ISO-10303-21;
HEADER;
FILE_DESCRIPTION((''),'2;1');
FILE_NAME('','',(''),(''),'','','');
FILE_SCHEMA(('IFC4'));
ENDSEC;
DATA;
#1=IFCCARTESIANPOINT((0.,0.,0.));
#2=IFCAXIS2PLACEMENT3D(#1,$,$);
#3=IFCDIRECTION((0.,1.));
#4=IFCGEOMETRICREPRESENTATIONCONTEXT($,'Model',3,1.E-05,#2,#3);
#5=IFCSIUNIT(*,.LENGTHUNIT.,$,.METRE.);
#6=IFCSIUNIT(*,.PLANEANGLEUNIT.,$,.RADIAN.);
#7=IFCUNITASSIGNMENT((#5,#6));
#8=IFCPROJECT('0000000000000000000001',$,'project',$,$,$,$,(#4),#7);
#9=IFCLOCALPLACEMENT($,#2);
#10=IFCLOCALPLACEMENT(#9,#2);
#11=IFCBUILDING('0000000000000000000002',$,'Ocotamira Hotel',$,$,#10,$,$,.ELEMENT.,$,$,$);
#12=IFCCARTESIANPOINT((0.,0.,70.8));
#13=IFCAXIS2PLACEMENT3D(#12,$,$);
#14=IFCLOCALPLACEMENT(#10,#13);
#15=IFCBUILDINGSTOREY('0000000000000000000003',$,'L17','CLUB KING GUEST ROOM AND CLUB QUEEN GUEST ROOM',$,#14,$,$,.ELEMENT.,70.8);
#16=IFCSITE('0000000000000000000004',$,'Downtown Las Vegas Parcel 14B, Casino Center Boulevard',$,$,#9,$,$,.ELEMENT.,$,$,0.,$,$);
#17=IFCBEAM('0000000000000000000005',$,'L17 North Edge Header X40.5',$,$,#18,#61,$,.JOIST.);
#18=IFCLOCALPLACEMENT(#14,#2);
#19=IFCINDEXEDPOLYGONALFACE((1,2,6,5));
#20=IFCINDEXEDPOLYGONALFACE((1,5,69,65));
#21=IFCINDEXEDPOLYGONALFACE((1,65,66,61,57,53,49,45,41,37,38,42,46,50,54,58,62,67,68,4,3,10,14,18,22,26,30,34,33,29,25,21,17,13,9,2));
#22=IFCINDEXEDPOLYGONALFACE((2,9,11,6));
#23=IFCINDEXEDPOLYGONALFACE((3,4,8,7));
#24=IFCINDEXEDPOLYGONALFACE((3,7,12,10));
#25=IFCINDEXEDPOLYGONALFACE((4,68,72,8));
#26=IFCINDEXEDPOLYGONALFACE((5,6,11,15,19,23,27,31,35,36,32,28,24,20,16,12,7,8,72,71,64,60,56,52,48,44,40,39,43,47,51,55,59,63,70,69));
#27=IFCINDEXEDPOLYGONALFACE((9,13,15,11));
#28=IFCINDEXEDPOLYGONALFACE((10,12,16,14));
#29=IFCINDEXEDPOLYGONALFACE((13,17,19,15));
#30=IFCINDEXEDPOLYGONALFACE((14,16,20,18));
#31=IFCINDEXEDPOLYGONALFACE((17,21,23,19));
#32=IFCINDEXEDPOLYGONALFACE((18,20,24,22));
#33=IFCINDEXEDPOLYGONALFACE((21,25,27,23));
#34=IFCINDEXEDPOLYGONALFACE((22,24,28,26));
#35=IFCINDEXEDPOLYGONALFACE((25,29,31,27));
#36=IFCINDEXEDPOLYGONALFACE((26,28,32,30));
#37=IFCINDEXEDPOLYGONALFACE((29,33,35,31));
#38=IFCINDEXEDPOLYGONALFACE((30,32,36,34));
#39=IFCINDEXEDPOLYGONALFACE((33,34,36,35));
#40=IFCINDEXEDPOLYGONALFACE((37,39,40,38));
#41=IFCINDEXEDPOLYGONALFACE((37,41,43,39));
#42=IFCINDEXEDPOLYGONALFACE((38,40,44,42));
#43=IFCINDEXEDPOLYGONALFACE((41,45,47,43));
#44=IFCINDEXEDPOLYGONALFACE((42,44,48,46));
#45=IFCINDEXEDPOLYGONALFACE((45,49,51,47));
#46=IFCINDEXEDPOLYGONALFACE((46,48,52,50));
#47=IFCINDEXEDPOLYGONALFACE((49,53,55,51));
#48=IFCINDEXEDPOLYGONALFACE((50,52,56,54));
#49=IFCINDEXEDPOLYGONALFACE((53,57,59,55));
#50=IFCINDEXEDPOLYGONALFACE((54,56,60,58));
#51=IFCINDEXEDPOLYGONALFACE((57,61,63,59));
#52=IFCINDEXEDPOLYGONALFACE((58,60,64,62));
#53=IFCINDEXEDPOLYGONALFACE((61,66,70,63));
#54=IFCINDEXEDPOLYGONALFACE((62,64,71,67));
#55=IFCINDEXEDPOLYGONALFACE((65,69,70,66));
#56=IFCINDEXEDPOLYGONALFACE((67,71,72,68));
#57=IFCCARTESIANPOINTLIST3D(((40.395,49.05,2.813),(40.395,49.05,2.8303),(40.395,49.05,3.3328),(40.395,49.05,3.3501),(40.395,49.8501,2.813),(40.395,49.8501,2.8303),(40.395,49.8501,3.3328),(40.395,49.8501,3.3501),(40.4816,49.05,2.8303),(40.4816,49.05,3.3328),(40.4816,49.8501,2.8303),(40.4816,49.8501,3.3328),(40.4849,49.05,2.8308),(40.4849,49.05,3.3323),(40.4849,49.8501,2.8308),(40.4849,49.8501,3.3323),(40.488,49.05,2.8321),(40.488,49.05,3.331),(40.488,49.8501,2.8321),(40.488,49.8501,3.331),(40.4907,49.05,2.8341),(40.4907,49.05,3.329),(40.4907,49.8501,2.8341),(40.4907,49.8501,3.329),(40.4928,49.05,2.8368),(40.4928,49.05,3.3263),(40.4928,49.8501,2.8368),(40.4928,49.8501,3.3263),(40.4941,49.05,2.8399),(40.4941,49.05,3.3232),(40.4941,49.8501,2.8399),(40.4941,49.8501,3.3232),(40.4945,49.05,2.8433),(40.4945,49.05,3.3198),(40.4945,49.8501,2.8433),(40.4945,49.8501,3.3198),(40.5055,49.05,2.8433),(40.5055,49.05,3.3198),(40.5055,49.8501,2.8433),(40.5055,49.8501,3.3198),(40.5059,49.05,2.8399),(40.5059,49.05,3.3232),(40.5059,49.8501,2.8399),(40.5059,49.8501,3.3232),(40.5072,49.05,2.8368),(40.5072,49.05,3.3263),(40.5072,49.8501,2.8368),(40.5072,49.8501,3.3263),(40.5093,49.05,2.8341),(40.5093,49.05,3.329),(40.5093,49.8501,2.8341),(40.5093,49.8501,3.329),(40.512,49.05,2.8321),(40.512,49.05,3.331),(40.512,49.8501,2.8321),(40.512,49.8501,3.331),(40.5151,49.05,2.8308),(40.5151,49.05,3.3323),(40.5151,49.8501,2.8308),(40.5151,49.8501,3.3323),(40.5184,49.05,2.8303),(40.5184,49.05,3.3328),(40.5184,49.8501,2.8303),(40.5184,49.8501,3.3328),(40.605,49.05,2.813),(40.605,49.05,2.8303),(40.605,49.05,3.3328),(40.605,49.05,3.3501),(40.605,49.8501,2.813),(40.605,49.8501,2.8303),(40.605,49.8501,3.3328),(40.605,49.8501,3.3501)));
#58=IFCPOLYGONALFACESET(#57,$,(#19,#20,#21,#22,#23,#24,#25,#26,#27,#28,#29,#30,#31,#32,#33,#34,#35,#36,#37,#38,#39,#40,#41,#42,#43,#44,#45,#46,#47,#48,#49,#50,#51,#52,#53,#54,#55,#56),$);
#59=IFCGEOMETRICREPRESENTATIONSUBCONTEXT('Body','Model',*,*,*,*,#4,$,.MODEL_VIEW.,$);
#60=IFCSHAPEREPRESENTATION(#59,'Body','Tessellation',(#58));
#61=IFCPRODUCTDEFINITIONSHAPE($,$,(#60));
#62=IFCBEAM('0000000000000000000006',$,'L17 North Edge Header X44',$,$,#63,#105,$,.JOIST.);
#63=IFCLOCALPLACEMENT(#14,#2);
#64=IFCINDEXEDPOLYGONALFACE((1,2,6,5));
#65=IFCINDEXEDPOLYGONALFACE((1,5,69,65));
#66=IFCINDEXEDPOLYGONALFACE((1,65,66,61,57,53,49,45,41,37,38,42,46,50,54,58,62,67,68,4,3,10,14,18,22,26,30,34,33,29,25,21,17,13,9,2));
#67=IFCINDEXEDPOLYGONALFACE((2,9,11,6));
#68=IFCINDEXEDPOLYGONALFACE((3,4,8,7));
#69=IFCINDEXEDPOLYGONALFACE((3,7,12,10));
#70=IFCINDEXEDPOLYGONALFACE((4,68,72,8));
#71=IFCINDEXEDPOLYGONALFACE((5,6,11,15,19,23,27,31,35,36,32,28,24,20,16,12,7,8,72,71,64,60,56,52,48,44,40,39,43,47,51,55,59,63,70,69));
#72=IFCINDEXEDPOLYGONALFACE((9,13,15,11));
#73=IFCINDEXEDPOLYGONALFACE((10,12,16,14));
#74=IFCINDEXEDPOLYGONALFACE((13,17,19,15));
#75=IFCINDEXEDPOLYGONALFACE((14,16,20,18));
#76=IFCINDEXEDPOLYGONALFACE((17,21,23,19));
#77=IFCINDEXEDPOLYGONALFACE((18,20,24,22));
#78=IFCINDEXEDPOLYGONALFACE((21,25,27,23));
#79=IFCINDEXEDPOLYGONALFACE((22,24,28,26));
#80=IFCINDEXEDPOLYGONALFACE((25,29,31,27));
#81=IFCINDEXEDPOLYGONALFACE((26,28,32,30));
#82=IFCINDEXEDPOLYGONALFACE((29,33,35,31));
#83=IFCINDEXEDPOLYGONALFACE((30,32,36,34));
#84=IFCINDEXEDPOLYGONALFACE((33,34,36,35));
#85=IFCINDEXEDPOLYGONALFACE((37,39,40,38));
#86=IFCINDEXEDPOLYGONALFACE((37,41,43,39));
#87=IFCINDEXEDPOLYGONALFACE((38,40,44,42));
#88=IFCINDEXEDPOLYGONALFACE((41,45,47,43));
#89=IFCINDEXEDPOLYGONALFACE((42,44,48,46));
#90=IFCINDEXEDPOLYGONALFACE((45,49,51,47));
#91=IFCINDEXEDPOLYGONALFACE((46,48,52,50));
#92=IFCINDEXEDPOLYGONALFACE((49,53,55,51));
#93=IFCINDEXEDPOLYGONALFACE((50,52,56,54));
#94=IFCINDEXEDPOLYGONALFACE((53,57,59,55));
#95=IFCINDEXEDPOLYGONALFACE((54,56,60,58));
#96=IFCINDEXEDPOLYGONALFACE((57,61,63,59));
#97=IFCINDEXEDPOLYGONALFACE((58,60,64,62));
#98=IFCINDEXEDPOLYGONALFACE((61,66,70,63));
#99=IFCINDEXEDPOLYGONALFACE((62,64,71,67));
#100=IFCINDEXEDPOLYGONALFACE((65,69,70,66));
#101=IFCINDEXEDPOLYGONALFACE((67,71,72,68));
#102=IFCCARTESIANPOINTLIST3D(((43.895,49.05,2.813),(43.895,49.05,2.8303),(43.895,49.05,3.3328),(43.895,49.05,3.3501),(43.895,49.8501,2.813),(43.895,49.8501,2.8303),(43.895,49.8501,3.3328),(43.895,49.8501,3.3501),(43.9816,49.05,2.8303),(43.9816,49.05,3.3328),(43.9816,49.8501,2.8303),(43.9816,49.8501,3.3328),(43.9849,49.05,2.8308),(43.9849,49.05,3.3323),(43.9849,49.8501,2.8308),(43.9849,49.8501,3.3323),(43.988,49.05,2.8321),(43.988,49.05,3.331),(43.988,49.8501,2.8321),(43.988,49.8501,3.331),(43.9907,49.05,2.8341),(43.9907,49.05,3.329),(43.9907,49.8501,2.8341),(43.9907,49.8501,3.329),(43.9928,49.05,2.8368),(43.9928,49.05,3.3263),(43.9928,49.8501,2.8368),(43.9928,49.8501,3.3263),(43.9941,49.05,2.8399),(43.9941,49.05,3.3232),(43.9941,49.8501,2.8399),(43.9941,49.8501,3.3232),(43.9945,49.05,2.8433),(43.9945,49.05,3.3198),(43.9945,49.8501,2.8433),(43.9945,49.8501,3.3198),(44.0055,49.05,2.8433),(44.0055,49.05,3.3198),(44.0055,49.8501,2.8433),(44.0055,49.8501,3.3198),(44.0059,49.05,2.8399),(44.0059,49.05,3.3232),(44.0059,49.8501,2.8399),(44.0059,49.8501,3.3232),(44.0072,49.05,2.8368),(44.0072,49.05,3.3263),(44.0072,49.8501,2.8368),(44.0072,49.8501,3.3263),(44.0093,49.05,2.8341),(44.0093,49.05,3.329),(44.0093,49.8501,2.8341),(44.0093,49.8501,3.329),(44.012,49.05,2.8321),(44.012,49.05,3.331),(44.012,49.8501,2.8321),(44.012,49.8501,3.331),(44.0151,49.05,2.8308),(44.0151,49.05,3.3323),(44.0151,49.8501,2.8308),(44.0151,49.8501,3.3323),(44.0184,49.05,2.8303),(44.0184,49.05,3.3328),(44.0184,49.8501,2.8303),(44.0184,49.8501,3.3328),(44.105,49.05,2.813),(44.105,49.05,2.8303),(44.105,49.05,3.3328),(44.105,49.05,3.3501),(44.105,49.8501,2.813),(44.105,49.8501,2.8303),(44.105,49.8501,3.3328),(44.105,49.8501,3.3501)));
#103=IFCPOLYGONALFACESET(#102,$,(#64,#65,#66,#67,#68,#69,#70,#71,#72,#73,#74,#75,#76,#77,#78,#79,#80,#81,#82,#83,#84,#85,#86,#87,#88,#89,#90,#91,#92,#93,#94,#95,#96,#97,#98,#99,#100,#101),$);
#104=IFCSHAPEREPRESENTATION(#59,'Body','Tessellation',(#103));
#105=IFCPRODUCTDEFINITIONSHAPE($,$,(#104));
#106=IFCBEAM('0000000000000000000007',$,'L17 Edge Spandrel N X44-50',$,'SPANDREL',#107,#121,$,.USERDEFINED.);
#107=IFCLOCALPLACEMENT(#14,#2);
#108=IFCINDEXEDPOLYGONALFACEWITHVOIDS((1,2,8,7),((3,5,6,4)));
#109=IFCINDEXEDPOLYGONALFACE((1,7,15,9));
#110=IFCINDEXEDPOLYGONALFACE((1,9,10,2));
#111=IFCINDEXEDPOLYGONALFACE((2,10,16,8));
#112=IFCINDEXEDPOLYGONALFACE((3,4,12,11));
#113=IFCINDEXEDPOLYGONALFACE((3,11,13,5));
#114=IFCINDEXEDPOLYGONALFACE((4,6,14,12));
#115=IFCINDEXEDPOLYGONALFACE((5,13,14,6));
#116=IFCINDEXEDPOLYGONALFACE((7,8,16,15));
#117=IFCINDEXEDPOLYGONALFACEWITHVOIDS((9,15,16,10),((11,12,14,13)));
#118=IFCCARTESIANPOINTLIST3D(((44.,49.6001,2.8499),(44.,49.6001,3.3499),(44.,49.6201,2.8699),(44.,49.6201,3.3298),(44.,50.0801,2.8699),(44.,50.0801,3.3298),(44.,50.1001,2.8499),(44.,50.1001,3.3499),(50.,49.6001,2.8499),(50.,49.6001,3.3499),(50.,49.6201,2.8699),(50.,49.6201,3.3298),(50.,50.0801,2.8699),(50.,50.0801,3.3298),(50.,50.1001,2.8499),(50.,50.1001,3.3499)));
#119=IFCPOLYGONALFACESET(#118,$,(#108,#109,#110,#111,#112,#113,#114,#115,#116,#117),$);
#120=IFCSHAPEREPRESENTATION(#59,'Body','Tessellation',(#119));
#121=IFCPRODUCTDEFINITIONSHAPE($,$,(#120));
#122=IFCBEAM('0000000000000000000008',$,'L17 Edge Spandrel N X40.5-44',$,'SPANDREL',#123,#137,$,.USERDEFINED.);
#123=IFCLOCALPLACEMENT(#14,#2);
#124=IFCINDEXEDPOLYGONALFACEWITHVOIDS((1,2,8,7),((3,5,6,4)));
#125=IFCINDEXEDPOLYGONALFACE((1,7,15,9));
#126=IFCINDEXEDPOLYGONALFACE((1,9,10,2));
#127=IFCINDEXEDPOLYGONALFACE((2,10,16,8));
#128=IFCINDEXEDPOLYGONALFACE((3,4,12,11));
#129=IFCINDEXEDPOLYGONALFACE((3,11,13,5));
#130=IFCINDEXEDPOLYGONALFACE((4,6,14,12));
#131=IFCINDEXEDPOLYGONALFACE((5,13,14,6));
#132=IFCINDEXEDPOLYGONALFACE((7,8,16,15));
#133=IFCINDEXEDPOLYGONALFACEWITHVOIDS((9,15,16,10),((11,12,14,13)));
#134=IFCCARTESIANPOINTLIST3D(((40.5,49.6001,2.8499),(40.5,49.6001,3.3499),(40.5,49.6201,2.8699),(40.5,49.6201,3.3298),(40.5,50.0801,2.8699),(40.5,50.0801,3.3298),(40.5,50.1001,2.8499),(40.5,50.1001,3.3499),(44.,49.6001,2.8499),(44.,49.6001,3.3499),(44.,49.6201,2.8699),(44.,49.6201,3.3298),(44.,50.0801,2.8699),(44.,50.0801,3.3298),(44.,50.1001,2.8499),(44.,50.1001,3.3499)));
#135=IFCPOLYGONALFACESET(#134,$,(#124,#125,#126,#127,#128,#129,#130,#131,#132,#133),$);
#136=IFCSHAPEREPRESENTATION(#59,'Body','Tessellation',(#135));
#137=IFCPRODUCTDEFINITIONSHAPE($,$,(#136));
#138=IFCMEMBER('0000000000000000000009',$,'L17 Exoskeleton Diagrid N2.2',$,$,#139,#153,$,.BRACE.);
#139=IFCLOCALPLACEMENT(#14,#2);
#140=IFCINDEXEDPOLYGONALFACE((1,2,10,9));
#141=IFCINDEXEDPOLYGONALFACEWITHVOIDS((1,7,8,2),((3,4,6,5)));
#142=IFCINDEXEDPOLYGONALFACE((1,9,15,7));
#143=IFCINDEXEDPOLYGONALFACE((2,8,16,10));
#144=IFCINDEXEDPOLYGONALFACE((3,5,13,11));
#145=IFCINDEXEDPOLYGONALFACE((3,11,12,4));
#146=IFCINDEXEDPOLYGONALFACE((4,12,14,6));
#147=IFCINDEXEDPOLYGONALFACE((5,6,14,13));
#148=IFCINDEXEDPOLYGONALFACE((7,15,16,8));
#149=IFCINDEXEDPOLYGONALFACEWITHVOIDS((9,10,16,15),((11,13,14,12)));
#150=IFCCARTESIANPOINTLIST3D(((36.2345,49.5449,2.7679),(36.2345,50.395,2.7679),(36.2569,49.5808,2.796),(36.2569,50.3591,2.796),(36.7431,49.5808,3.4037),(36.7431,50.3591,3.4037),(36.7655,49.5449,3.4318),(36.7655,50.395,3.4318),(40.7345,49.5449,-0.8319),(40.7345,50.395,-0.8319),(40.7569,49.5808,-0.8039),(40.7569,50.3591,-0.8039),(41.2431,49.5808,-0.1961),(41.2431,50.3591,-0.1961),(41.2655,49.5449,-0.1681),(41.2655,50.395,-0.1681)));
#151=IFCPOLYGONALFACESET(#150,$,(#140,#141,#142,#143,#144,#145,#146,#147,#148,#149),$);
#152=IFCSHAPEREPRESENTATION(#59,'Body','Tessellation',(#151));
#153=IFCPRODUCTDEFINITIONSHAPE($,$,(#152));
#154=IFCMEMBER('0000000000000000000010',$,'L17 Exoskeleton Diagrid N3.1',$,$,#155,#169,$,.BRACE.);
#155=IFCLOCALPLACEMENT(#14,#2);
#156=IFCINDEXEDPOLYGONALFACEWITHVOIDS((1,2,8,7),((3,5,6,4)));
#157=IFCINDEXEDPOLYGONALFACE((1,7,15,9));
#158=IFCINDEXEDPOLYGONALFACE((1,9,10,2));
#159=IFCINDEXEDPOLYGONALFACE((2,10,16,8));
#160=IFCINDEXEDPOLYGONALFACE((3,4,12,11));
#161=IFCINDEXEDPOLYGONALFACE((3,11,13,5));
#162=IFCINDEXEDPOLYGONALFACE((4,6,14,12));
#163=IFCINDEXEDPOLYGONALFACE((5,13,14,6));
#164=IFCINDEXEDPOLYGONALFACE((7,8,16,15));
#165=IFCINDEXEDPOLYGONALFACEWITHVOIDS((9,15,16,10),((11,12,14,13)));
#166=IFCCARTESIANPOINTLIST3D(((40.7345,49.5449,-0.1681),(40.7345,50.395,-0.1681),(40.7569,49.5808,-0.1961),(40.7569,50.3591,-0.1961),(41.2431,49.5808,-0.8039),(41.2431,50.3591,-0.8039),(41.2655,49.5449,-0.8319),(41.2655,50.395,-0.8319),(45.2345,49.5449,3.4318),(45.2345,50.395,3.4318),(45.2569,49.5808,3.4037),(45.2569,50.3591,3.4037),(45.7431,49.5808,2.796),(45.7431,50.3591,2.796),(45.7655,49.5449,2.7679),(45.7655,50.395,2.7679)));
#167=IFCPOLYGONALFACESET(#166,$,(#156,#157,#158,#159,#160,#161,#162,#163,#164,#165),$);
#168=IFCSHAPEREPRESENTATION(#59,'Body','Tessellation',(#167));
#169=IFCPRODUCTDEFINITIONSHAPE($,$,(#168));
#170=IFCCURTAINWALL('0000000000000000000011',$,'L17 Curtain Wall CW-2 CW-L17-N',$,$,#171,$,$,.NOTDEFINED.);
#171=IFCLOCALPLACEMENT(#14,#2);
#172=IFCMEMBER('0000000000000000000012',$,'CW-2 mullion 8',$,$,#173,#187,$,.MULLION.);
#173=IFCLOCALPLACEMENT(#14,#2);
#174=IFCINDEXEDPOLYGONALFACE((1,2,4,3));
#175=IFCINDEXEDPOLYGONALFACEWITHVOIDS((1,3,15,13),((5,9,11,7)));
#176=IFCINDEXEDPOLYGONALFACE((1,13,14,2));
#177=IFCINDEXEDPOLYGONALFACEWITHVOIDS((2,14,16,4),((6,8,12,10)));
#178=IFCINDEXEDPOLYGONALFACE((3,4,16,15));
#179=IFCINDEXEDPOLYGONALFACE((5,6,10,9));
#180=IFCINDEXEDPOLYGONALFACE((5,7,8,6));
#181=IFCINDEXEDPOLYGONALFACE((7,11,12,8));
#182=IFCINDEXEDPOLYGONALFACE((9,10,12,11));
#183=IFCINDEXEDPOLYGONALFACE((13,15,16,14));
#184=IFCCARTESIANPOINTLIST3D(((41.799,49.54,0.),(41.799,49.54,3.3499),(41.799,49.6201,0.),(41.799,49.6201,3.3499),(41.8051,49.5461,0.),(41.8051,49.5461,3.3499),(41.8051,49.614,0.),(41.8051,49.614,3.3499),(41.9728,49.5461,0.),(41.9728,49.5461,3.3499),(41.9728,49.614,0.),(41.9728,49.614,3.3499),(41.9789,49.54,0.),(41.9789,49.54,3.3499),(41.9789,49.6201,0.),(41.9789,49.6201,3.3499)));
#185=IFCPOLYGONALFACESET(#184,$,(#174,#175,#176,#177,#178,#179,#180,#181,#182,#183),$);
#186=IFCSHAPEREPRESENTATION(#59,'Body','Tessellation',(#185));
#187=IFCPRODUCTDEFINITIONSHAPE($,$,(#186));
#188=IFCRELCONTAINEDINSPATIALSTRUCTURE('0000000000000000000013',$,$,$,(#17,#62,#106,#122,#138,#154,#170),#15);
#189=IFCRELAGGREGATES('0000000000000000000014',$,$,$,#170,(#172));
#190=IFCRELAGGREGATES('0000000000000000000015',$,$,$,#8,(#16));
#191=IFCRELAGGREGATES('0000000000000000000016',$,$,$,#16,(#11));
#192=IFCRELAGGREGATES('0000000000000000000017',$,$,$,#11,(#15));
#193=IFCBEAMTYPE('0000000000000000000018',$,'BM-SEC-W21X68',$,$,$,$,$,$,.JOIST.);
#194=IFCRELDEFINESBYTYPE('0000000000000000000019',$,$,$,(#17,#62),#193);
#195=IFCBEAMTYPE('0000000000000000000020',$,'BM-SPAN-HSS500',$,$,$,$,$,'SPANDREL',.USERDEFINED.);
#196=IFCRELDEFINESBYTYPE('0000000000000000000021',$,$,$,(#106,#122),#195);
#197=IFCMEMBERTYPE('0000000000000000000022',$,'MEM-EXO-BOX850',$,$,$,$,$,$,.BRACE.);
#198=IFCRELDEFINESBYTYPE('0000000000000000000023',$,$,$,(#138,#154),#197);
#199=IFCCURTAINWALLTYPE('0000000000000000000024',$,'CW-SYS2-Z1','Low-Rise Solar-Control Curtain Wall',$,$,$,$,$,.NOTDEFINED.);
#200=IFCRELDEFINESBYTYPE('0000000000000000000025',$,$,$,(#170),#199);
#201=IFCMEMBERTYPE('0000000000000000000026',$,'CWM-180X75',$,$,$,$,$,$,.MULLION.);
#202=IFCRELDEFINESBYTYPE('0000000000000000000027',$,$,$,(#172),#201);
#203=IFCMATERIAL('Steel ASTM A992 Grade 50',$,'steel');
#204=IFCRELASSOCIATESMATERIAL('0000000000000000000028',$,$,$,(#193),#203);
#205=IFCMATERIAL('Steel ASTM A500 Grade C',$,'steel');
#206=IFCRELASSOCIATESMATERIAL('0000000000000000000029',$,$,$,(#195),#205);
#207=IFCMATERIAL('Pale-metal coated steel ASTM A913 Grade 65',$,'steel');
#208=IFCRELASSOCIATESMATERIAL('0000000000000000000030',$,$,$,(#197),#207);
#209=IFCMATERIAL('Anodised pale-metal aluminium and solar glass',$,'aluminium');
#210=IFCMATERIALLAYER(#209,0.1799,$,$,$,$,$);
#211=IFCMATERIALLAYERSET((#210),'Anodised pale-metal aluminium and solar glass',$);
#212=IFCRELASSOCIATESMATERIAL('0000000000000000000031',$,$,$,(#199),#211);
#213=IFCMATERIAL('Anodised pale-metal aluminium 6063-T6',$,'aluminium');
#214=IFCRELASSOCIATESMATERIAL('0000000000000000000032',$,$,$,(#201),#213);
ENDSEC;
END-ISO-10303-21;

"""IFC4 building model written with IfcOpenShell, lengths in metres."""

from ifc_helpers import new_model, si_unit, direction, frame, origin, origin_2d, place, context, subcontext, project, spatial, hollow_rectangle, i_section, extrude, source, transform, mapped, material, layer, layer_set, material_profile, profile_set, type_object, element, aggregate, save


model = new_model("IFC4")

# Units and contexts
model_context = context("Model", 3, precision=1e-05, world=origin(), true_north=direction((0.0, 1.0)))
body_context = subcontext(model_context, "Body", "Model", "MODEL_VIEW")
ifc_project = project(units=[si_unit("LENGTHUNIT", "METRE"), si_unit("PLANEANGLEUNIT", "RADIAN")], contexts=[model_context])

# Site, building, storey
site_placement = place(None, origin())
site = spatial("IfcSite", under=ifc_project, at=site_placement, Name="Downtown Las Vegas Parcel 14B, Casino Center Boulevard", CompositionType="ELEMENT", RefElevation=0.0)
building_placement = place(site_placement, origin())
building = spatial("IfcBuilding", under=site, at=building_placement, Name="Ocotamira Hotel", CompositionType="ELEMENT")
storey_placement = place(building_placement, frame((0.0, 0.0, 70.8)))
storey = spatial("IfcBuildingStorey", under=building, at=storey_placement, Name="L17", Description="CLUB KING GUEST ROOM AND CLUB QUEEN GUEST ROOM", CompositionType="ELEMENT", Elevation=70.8)

# Beams
ifc_material_1 = material(Name="Steel ASTM A992 Grade 50", Category="steel")
ifc_material_profile_1 = material_profile(ifc_material_1, i_section(OverallWidth=0.21, OverallDepth=0.5371, WebThickness=0.011, FlangeThickness=0.0173, FilletRadius=0.0129, at=origin_2d()), Name="W21X68")
ifc_profile_set_1 = profile_set([ifc_material_profile_1], Name="Steel ASTM A992 Grade 50")
beam_type_1 = type_object("IfcBeamType", Name="BM-SEC-W21X68", PredefinedType="JOIST", material=ifc_profile_set_1)
shared_shape_1 = source(origin(), body_context, "Body", "SweptSolid", [
    extrude(i_section(OverallWidth=0.21, OverallDepth=0.5371, WebThickness=0.011, FlangeThickness=0.0173, FilletRadius=0.0129, at=origin_2d()), origin(), (0.0, 0.0, 1.0), 0.8),
])
for number, where, z_axis, x_axis, name in (
    (1, (40.5, 49.05, 3.0815), (0.0, 1.0, 0.0), (-1.0, 0.0, 0.0), "L17 North Edge Header X40.5"),
    (2, (44.0, 49.05, 3.0815), (0.0, 1.0, 0.0), (-1.0, 0.0, 0.0), "L17 North Edge Header X44"),
):
    element("IfcBeam", number, at=place(storey_placement, frame(where, z_axis=z_axis, x_axis=x_axis)), inside=storey, type_object=beam_type_1, Name=name, PredefinedType="JOIST", context=body_context, shape_type="MappedRepresentation", body=[
        mapped(shared_shape_1, transform((0.0, 0.0, 0.0), scale=1.0)),
    ])
ifc_material_2 = material(Name="Steel ASTM A500 Grade C", Category="steel")
ifc_material_profile_2 = material_profile(ifc_material_2, hollow_rectangle(XDim=0.5, YDim=0.5, WallThickness=0.02, at=origin_2d()), Name="HSS500X500X20")
ifc_profile_set_2 = profile_set([ifc_material_profile_2], Name="Steel ASTM A500 Grade C")
beam_type_2 = type_object("IfcBeamType", Name="BM-SPAN-HSS500", ElementType="SPANDREL", PredefinedType="USERDEFINED", material=ifc_profile_set_2)
shared_shape_2 = source(origin(), body_context, "Body", "SweptSolid", [
    extrude(hollow_rectangle(XDim=0.5, YDim=0.5, WallThickness=0.02, at=origin_2d()), origin(), (0.0, 0.0, 1.0), 6.0),
])
beam_1_placement = place(storey_placement, frame((44.0, 49.8501, 3.0999), z_axis=(1.0, 0.0, 0.0), x_axis=(0.0, 1.0, 0.0)))
element("IfcBeam", 3, at=beam_1_placement, inside=storey, type_object=beam_type_2, Name="L17 Edge Spandrel N X44-50", ObjectType="SPANDREL", PredefinedType="USERDEFINED", context=body_context, shape_type="MappedRepresentation", body=[
    mapped(shared_shape_2, transform((0.0, 0.0, 0.0), scale=1.0)),
])
shared_shape_3 = source(origin(), body_context, "Body", "SweptSolid", [
    extrude(hollow_rectangle(XDim=0.5, YDim=0.5, WallThickness=0.02, at=origin_2d()), origin(), (0.0, 0.0, 1.0), 3.5),
])
beam_2_placement = place(storey_placement, frame((40.5, 49.8501, 3.0999), z_axis=(1.0, 0.0, 0.0), x_axis=(0.0, 1.0, 0.0)))
element("IfcBeam", 4, at=beam_2_placement, inside=storey, type_object=beam_type_2, Name="L17 Edge Spandrel N X40.5-44", ObjectType="SPANDREL", PredefinedType="USERDEFINED", context=body_context, shape_type="MappedRepresentation", body=[
    mapped(shared_shape_3, transform((0.0, 0.0, 0.0), scale=1.0)),
])

# Members
ifc_material_3 = material(Name="Pale-metal coated steel ASTM A913 Grade 65", Category="steel")
ifc_material_profile_3 = material_profile(ifc_material_3, hollow_rectangle(XDim=0.8501, YDim=0.8501, WallThickness=0.0359, at=origin_2d()), Name="BOX850X850X36")
ifc_profile_set_3 = profile_set([ifc_material_profile_3], Name="Pale-metal coated steel ASTM A913 Grade 65")
member_type_1 = type_object("IfcMemberType", Name="MEM-EXO-BOX850", PredefinedType="BRACE", material=ifc_profile_set_3)
shared_shape_4 = source(origin(), body_context, "Body", "SweptSolid", [
    extrude(hollow_rectangle(XDim=0.8501, YDim=0.8501, WallThickness=0.0359, at=origin_2d()), origin(), (0.0, 0.0, 1.0), 5.7627),
])
for number, where, z_axis, x_axis, name in (
    (5, (41.0, 49.97, -0.5), (-0.780881, 0.0, 0.62468), (0.0, -1.0, 0.0), "L17 Exoskeleton Diagrid N2.2"),
    (6, (41.0, 49.97, -0.5), (0.780881, 0.0, 0.62468), (0.0, 1.0, 0.0), "L17 Exoskeleton Diagrid N3.1"),
):
    element("IfcMember", number, at=place(storey_placement, frame(where, z_axis=z_axis, x_axis=x_axis)), inside=storey, type_object=member_type_1, Name=name, PredefinedType="BRACE", context=body_context, shape_type="MappedRepresentation", body=[
        mapped(shared_shape_4, transform((0.0, 0.0, 0.0), scale=1.0)),
    ])

# Curtain wall, member
ifc_material_4 = material(Name="Anodised pale-metal aluminium and solar glass", Category="aluminium")
ifc_layer_1 = layer(ifc_material_4, 0.1799)
ifc_layer_set_1 = layer_set([ifc_layer_1], Name="Anodised pale-metal aluminium and solar glass")
curtain_wall_type = type_object("IfcCurtainWallType", Name="CW-SYS2-Z1", Description="Low-Rise Solar-Control Curtain Wall", PredefinedType="NOTDEFINED", material=ifc_layer_set_1)
curtain_wall_placement = place(storey_placement, origin())
curtain_wall = element("IfcCurtainWall", 7, at=curtain_wall_placement, inside=storey, type_object=curtain_wall_type, Name="L17 Curtain Wall CW-2 CW-L17-N", PredefinedType="NOTDEFINED")
ifc_material_5 = material(Name="Anodised pale-metal aluminium 6063-T6", Category="aluminium")
ifc_material_profile_4 = material_profile(ifc_material_5, hollow_rectangle(XDim=0.0801, YDim=0.1799, WallThickness=0.0061, at=origin_2d()), Name="HSS180X80X6")
ifc_profile_set_4 = profile_set([ifc_material_profile_4], Name="Anodised pale-metal aluminium 6063-T6")
member_type_2 = type_object("IfcMemberType", Name="CWM-180X75", PredefinedType="MULLION", material=ifc_profile_set_4)
shared_shape_5 = source(origin(), body_context, "Body", "SweptSolid", [
    extrude(hollow_rectangle(XDim=0.0801, YDim=0.1799, WallThickness=0.0061, at=origin_2d()), origin(), (0.0, 0.0, 1.0), 3.3499),
])
member_1_placement = place(storey_placement, frame((41.8889, 49.5801, 0.0), z_axis=(0.0, 0.0, 1.0), x_axis=(0.0, 1.0, 0.0)))
member_1 = element("IfcMember", 8, at=member_1_placement, type_object=member_type_2, Name="CW-2 mullion 8", PredefinedType="MULLION", context=body_context, shape_type="MappedRepresentation", body=[
    mapped(shared_shape_5, transform((0.0, 0.0, 0.0), scale=1.0)),
])
aggregate(curtain_wall, [member_1])

save(model, "model.ifc")
